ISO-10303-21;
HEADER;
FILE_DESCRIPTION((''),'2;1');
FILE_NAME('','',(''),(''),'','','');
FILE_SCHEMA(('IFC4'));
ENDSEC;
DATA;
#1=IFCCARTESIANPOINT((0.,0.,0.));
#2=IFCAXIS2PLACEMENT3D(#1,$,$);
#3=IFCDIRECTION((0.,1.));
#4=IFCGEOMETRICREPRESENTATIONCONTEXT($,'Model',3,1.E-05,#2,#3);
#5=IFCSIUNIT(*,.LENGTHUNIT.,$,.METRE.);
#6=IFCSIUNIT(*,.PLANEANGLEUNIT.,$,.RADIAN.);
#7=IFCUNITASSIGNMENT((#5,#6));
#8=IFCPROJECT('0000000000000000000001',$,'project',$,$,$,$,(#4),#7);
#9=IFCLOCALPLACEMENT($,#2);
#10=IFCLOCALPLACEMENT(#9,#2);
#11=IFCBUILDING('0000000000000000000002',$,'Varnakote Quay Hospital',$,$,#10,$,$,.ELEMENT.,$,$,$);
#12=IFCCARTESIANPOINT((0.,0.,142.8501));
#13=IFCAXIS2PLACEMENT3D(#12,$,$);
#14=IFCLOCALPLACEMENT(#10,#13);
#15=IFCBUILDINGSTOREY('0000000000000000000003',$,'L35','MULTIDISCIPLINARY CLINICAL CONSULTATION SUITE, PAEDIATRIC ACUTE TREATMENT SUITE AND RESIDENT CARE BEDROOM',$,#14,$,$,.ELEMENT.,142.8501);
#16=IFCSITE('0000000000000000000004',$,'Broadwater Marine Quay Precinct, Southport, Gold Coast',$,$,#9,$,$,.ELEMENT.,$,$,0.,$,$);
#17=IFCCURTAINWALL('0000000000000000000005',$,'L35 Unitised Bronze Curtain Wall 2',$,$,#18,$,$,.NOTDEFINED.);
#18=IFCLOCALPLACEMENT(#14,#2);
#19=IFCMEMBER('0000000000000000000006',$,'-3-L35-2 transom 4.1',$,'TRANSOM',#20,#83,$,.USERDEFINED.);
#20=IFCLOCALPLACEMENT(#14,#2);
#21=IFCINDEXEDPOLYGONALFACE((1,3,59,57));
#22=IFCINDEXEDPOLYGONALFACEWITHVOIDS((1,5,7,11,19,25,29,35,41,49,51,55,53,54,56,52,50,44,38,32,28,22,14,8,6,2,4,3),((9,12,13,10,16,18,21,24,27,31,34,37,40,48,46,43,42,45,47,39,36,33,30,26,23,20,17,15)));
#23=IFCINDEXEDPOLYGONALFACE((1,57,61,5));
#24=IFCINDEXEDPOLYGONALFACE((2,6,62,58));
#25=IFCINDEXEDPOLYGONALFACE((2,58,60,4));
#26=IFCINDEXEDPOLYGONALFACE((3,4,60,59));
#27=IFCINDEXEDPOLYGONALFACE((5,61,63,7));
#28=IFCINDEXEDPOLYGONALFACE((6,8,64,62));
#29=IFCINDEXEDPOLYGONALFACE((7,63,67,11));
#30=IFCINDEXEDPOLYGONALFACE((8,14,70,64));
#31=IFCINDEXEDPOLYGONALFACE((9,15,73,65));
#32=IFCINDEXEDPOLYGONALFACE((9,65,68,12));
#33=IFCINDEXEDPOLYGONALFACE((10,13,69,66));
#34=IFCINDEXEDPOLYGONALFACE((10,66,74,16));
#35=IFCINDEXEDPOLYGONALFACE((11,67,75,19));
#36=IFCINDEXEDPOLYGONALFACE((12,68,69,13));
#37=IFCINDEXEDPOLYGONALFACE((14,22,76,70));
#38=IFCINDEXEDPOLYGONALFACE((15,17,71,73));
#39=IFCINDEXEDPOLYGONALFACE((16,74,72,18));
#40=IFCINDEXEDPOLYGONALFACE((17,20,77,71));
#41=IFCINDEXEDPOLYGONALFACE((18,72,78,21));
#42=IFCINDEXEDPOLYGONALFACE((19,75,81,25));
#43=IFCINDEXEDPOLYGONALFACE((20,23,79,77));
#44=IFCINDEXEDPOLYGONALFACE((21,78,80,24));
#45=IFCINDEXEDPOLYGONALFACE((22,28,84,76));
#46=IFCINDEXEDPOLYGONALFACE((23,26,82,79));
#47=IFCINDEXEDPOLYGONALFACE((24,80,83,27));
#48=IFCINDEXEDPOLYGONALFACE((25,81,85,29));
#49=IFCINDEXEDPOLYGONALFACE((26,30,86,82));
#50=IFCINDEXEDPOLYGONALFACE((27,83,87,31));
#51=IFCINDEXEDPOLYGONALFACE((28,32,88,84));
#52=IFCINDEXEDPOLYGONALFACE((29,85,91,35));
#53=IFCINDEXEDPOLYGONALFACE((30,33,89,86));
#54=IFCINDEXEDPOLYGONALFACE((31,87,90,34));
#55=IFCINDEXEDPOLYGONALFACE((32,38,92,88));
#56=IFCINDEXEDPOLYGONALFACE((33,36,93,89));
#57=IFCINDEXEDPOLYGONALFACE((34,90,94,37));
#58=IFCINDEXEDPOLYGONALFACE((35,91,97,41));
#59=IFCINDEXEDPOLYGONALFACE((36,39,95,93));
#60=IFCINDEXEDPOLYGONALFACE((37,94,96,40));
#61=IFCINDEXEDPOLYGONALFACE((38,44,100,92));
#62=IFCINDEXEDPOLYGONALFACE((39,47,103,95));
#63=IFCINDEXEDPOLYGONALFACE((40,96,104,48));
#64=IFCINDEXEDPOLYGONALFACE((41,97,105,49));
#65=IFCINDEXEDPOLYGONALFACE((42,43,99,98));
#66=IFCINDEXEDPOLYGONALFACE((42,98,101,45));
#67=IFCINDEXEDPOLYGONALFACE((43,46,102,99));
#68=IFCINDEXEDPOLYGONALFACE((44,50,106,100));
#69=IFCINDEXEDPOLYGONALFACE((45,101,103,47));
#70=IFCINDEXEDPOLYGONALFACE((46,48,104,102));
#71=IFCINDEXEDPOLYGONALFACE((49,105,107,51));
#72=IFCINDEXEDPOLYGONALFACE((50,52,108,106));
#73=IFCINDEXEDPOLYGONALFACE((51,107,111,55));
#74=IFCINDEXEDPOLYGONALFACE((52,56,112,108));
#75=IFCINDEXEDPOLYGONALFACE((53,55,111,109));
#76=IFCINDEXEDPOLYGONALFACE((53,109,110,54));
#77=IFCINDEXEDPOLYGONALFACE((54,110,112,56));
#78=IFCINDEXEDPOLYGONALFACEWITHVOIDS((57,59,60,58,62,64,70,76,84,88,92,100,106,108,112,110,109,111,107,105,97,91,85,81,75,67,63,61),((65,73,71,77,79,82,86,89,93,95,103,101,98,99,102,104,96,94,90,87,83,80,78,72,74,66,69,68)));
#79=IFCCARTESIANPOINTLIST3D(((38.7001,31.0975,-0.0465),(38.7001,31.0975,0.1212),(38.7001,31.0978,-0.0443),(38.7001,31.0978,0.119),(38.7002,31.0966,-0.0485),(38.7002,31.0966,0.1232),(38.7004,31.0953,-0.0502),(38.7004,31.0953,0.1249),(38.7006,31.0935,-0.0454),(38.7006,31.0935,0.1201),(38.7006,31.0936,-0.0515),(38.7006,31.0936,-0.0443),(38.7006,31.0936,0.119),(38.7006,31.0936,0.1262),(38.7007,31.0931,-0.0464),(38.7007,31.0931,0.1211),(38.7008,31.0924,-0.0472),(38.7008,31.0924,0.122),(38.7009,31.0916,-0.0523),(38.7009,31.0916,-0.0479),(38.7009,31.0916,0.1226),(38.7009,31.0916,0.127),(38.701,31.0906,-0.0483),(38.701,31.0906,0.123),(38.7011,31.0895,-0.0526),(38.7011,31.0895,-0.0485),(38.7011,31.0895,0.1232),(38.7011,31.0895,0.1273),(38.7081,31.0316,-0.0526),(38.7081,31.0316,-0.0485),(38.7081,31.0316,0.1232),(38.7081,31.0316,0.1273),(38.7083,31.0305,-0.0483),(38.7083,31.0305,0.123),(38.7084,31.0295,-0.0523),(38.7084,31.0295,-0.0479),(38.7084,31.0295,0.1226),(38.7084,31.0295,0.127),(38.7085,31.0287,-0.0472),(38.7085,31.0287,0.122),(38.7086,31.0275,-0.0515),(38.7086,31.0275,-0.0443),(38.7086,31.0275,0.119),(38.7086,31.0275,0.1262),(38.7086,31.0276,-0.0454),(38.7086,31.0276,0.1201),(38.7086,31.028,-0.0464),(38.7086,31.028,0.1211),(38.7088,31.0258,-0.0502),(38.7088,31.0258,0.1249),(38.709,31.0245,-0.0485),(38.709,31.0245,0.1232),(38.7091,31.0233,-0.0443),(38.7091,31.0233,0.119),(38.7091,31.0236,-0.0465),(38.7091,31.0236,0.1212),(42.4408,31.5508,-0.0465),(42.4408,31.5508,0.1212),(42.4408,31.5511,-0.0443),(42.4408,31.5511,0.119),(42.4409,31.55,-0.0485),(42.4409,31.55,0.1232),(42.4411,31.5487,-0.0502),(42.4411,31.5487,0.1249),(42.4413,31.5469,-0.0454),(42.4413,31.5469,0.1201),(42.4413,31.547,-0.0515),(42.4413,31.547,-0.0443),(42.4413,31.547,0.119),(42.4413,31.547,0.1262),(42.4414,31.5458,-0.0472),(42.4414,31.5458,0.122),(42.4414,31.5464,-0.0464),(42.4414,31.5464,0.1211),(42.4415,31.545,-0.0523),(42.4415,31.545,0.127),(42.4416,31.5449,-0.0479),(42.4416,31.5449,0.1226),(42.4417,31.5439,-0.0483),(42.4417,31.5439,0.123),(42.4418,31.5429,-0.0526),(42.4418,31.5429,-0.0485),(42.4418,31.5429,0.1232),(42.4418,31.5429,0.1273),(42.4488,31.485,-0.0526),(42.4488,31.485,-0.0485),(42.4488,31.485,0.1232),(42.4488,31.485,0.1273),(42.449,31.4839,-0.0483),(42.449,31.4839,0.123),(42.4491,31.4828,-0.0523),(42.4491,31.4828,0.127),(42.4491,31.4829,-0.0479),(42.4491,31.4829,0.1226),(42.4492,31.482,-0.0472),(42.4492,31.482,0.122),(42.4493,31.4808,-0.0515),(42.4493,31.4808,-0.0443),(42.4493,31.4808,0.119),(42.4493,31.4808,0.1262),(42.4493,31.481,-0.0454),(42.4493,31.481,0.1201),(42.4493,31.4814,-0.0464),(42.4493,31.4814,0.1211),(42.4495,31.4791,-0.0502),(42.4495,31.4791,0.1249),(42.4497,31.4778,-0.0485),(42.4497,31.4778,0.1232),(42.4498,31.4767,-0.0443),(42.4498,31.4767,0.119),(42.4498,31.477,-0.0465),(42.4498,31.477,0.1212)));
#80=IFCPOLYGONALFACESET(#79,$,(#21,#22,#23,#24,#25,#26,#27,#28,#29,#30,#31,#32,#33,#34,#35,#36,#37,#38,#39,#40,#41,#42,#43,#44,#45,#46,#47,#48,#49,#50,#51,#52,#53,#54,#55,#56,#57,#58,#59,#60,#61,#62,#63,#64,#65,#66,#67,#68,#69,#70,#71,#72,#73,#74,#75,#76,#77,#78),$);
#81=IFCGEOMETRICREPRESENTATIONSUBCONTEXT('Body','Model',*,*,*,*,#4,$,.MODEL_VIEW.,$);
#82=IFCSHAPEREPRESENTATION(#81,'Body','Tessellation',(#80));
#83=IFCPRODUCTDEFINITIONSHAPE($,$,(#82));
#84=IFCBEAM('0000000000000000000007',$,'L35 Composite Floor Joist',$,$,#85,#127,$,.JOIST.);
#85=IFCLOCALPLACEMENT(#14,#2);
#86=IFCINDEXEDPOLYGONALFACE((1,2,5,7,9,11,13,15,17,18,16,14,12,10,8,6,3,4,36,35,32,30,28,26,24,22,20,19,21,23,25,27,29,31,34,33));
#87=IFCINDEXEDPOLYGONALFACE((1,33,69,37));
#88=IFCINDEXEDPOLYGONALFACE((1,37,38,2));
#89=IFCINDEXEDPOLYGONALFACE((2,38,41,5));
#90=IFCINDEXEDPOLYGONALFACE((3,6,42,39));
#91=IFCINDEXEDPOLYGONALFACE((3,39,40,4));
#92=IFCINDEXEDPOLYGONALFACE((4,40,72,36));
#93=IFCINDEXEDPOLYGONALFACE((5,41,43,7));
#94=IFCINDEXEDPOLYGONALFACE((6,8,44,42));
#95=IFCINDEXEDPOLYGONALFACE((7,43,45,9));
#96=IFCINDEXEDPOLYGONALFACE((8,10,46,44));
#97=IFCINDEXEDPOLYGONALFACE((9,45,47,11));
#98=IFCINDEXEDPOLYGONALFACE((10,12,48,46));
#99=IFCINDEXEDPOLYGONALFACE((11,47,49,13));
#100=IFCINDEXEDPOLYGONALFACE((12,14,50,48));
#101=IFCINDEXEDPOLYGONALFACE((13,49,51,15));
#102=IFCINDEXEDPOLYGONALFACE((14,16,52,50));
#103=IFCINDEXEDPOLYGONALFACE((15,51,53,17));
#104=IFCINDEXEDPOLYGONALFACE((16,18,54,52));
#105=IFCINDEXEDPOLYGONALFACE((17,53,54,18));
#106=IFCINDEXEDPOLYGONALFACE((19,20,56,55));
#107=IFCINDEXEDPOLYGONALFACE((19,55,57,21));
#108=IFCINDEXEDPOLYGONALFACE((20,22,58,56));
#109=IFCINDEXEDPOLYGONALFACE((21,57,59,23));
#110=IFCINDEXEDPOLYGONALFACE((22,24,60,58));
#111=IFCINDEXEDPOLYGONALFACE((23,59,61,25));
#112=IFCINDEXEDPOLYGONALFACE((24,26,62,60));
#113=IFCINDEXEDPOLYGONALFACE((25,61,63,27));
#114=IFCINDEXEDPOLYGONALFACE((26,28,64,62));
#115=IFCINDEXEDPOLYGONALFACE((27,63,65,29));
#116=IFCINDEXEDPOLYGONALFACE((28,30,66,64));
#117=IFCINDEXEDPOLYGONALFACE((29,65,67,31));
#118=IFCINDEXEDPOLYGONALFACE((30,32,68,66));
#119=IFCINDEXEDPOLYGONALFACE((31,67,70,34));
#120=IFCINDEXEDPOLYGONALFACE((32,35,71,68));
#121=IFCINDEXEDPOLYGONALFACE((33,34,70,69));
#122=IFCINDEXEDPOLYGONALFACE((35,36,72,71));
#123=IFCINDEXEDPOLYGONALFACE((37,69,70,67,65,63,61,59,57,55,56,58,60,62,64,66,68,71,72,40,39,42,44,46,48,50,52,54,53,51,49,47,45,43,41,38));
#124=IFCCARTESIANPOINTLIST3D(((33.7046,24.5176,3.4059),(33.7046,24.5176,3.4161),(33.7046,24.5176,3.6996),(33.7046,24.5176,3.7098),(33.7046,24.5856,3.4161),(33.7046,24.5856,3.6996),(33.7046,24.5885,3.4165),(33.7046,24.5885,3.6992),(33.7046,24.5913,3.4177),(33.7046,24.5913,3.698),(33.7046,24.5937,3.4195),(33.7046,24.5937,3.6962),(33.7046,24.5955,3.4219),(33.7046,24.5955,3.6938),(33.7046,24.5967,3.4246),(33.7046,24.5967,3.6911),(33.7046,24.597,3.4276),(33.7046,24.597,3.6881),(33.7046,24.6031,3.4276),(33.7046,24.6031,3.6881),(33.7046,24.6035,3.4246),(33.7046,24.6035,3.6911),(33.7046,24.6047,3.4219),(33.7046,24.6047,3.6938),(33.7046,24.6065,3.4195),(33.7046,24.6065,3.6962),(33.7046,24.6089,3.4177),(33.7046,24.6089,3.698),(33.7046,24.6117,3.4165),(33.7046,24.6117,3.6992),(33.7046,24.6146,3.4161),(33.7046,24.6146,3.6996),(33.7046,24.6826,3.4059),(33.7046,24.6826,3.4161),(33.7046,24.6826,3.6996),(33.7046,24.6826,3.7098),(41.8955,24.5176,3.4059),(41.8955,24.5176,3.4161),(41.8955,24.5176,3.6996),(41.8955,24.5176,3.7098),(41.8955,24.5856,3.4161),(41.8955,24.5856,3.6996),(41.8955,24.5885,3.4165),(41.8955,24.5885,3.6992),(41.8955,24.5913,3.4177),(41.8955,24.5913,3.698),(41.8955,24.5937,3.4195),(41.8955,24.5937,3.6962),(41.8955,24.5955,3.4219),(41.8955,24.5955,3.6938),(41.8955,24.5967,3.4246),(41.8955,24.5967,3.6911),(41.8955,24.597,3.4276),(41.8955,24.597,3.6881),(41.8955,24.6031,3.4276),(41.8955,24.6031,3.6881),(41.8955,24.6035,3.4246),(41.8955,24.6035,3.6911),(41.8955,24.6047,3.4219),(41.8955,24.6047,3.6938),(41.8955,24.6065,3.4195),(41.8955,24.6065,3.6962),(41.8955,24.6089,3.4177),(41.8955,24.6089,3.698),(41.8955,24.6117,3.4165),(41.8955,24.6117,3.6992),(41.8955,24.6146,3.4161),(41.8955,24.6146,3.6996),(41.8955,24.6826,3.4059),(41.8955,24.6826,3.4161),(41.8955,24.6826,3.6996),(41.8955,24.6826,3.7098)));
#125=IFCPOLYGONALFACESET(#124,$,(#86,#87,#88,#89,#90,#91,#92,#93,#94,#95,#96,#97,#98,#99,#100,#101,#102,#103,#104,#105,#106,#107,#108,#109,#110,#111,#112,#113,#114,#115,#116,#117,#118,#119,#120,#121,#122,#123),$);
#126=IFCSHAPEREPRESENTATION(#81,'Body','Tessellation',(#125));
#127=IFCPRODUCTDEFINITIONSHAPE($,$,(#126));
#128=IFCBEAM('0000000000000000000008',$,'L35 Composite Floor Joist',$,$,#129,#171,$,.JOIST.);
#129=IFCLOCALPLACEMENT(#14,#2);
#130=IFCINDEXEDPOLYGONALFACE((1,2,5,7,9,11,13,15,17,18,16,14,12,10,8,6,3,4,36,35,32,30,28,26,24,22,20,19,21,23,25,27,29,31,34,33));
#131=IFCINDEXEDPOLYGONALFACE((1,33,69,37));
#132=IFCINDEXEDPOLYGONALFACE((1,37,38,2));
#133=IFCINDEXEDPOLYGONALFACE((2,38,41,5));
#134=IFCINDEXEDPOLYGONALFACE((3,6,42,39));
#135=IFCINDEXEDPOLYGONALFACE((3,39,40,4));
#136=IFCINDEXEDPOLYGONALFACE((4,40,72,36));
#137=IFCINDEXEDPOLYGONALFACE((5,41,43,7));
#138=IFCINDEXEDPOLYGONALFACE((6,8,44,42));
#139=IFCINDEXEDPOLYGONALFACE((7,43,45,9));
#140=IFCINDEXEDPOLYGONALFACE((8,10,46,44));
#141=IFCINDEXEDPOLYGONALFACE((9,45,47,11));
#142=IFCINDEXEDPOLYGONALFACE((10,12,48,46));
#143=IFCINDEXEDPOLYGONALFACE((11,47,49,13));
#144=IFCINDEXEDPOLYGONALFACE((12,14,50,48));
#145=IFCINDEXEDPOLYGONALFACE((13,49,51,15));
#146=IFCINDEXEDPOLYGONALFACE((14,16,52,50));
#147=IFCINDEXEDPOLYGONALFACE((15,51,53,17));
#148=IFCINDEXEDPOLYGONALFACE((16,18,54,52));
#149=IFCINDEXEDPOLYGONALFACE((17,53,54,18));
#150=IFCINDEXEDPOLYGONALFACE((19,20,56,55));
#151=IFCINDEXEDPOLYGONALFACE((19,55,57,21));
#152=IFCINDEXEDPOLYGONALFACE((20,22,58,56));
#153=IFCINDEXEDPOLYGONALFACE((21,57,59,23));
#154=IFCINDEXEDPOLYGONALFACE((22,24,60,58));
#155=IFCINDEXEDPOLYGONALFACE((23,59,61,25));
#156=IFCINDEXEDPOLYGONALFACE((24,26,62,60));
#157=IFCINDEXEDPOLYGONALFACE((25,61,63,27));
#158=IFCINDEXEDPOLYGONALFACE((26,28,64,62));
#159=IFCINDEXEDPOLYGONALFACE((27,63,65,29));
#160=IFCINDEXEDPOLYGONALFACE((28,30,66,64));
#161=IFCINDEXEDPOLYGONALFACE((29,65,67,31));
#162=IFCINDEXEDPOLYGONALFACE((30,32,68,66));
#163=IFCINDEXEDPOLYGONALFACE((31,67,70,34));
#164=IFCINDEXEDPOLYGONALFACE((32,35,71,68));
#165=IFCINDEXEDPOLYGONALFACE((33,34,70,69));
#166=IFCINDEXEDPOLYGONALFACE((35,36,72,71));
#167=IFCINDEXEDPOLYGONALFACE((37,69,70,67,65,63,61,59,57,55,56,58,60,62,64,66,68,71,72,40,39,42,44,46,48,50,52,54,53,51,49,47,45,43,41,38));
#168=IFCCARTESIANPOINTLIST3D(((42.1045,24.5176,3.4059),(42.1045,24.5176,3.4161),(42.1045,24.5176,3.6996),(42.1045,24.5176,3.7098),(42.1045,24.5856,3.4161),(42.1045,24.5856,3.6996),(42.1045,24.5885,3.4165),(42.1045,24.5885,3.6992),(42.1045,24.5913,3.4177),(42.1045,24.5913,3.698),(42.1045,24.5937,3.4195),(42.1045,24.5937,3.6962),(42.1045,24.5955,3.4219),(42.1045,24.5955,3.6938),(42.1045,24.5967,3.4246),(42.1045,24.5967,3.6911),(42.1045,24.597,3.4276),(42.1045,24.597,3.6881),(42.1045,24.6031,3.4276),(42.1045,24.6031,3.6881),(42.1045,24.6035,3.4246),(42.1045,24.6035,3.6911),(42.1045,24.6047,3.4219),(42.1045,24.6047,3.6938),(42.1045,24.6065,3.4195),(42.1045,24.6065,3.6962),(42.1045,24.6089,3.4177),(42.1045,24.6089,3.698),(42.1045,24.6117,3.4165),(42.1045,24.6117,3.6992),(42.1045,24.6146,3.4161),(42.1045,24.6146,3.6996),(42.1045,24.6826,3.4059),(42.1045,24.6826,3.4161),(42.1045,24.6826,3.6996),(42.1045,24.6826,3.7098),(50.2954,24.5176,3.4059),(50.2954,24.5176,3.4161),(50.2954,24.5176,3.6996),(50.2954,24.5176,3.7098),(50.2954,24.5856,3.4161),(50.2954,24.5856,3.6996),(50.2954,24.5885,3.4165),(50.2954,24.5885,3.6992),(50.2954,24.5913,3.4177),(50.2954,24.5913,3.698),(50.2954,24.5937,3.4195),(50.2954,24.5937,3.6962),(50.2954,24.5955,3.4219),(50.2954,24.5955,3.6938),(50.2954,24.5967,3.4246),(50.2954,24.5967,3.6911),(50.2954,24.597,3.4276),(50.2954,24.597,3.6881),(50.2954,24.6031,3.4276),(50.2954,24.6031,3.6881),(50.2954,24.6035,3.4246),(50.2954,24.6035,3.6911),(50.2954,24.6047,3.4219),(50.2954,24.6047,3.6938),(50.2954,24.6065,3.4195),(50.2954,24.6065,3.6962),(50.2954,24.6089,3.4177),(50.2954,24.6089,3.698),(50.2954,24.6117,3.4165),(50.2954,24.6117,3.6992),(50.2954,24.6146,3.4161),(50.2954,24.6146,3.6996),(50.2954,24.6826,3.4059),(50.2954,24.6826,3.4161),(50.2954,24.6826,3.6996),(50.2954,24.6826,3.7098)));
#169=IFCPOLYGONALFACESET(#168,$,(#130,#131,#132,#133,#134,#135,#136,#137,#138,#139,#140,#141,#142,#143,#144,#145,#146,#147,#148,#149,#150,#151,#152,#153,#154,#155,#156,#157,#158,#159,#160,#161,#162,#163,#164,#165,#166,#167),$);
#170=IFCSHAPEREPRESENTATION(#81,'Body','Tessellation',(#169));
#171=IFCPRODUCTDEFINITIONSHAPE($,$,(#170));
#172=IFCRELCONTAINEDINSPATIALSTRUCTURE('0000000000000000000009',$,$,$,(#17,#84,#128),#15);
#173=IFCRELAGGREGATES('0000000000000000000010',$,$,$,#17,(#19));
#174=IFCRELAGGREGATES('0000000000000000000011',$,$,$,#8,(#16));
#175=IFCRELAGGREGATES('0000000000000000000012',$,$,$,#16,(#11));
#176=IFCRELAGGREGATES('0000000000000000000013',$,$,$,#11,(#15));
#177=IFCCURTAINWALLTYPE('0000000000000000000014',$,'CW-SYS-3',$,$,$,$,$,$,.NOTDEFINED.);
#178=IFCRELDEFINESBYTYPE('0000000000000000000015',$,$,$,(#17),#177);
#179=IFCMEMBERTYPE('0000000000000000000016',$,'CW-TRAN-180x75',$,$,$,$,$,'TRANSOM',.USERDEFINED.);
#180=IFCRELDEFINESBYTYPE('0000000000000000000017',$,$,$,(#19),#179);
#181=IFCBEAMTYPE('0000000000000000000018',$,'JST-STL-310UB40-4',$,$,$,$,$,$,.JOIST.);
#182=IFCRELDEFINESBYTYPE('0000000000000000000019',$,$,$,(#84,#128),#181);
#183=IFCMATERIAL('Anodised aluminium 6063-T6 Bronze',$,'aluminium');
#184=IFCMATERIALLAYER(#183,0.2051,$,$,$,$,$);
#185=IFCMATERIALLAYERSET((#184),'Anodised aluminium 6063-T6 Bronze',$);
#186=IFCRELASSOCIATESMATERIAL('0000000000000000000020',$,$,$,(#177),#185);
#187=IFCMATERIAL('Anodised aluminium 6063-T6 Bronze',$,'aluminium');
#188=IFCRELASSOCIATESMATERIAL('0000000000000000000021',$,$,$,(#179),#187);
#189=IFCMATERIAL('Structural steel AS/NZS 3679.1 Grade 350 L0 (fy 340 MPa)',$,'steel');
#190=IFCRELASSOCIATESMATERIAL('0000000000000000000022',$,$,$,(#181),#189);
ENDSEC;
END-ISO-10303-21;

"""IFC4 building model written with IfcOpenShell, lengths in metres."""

from ifc_helpers import new_model, si_unit, direction, frame, origin, origin_2d, place, context, subcontext, project, spatial, hollow_rectangle, i_section, extrude, material, layer, layer_set, material_profile, profile_set, type_object, element, aggregate, save


model = new_model("IFC4")

# Units and contexts
model_context = context("Model", 3, precision=1e-05, world=origin(), true_north=direction((0.0, 1.0)))
body_context = subcontext(model_context, "Body", "Model", "MODEL_VIEW")
ifc_project = project(units=[si_unit("LENGTHUNIT", "METRE"), si_unit("PLANEANGLEUNIT", "RADIAN")], contexts=[model_context])

# Site, building, storey
site_placement = place(None, origin())
site = spatial("IfcSite", under=ifc_project, at=site_placement, Name="Broadwater Marine Quay Precinct, Southport, Gold Coast", CompositionType="ELEMENT", RefElevation=0.0)
building_placement = place(site_placement, origin())
building = spatial("IfcBuilding", under=site, at=building_placement, Name="Varnakote Quay Hospital", CompositionType="ELEMENT")
storey_placement = place(building_placement, frame((0.0, 0.0, 142.8501)))
storey = spatial("IfcBuildingStorey", under=building, at=storey_placement, Name="L35", Description="MULTIDISCIPLINARY CLINICAL CONSULTATION SUITE, PAEDIATRIC ACUTE TREATMENT SUITE AND RESIDENT CARE BEDROOM", CompositionType="ELEMENT", Elevation=142.8501)

# Curtain wall, member
ifc_material_1 = material(Name="Anodised aluminium 6063-T6 Bronze", Category="aluminium")
ifc_layer_1 = layer(ifc_material_1, 0.2051)
ifc_layer_set_1 = layer_set([ifc_layer_1], Name="Anodised aluminium 6063-T6 Bronze")
curtain_wall_type = type_object("IfcCurtainWallType", Name="CW-SYS-3", PredefinedType="NOTDEFINED", material=ifc_layer_set_1)
curtain_wall_placement = place(storey_placement, origin())
curtain_wall = element("IfcCurtainWall", 1, at=curtain_wall_placement, inside=storey, type_object=curtain_wall_type, Name="L35 Unitised Bronze Curtain Wall 2", PredefinedType="NOTDEFINED")
ifc_material_2 = material(Name="Anodised aluminium 6063-T6 Bronze", Category="aluminium")
ifc_material_profile_1 = material_profile(ifc_material_2, hollow_rectangle(XDim=0.075, YDim=0.1799, WallThickness=0.0042, InnerFilletRadius=0.0042, OuterFilletRadius=0.0083, at=origin_2d()), Name="CW-TRAN-180x75")
ifc_profile_set_1 = profile_set([ifc_material_profile_1], Name="Anodised aluminium 6063-T6 Bronze")
member_type_1 = type_object("IfcMemberType", Name="CW-TRAN-180x75", ElementType="TRANSOM", PredefinedType="USERDEFINED", material=ifc_profile_set_1)
member_1_placement = place(storey_placement, frame((42.4453, 31.5139, 0.0374), z_axis=(-0.992735, -0.120318, 0.0), x_axis=(0.120318, -0.992735, 0.0)))
member_1 = element("IfcMember", 2, at=member_1_placement, type_object=member_type_1, Name="-3-L35-2 transom 4.1", ObjectType="TRANSOM", PredefinedType="USERDEFINED", context=body_context, shape_type="SweptSolid", body=[
    extrude(hollow_rectangle(XDim=0.075, YDim=0.1799, WallThickness=0.0042, InnerFilletRadius=0.0042, OuterFilletRadius=0.0083, at=origin_2d()), origin(), (0.0, 0.0, 1.0), 3.7681),
])

# Beams
ifc_material_3 = material(Name="Structural steel AS/NZS 3679.1 Grade 350 L0 (fy 340 MPa)", Category="steel")
ifc_material_profile_2 = material_profile(ifc_material_3, i_section(OverallWidth=0.165, OverallDepth=0.304, WebThickness=0.0061, FlangeThickness=0.0103, FilletRadius=0.0115, at=origin_2d()), Name="310UB40.4")
ifc_profile_set_2 = profile_set([ifc_material_profile_2], Name="Structural steel AS/NZS 3679.1 Grade 350 L0 (fy 340 MPa)")
beam_type_1 = type_object("IfcBeamType", Name="JST-STL-310UB40-4", PredefinedType="JOIST", material=ifc_profile_set_2)
for number, where, z_axis, x_axis, name in (
    (3, (33.7046, 24.6001, 3.5579), (1.0, 0.0, 0.0), (0.0, 1.0, 0.0), "L35 Composite Floor Joist"),
    (4, (42.1045, 24.6001, 3.5579), (1.0, 0.0, 0.0), (0.0, 1.0, 0.0), "L35 Composite Floor Joist"),
):
    element("IfcBeam", number, at=place(storey_placement, frame(where, z_axis=z_axis, x_axis=x_axis)), inside=storey, type_object=beam_type_1, Name=name, PredefinedType="JOIST", context=body_context, shape_type="SweptSolid", body=[
        extrude(i_section(OverallWidth=0.165, OverallDepth=0.304, WebThickness=0.0061, FlangeThickness=0.0103, FilletRadius=0.0115, at=origin_2d()), origin(), (0.0, 0.0, 1.0), 8.1909),
    ])

aggregate(curtain_wall, [member_1])

save(model, "model.ifc")
